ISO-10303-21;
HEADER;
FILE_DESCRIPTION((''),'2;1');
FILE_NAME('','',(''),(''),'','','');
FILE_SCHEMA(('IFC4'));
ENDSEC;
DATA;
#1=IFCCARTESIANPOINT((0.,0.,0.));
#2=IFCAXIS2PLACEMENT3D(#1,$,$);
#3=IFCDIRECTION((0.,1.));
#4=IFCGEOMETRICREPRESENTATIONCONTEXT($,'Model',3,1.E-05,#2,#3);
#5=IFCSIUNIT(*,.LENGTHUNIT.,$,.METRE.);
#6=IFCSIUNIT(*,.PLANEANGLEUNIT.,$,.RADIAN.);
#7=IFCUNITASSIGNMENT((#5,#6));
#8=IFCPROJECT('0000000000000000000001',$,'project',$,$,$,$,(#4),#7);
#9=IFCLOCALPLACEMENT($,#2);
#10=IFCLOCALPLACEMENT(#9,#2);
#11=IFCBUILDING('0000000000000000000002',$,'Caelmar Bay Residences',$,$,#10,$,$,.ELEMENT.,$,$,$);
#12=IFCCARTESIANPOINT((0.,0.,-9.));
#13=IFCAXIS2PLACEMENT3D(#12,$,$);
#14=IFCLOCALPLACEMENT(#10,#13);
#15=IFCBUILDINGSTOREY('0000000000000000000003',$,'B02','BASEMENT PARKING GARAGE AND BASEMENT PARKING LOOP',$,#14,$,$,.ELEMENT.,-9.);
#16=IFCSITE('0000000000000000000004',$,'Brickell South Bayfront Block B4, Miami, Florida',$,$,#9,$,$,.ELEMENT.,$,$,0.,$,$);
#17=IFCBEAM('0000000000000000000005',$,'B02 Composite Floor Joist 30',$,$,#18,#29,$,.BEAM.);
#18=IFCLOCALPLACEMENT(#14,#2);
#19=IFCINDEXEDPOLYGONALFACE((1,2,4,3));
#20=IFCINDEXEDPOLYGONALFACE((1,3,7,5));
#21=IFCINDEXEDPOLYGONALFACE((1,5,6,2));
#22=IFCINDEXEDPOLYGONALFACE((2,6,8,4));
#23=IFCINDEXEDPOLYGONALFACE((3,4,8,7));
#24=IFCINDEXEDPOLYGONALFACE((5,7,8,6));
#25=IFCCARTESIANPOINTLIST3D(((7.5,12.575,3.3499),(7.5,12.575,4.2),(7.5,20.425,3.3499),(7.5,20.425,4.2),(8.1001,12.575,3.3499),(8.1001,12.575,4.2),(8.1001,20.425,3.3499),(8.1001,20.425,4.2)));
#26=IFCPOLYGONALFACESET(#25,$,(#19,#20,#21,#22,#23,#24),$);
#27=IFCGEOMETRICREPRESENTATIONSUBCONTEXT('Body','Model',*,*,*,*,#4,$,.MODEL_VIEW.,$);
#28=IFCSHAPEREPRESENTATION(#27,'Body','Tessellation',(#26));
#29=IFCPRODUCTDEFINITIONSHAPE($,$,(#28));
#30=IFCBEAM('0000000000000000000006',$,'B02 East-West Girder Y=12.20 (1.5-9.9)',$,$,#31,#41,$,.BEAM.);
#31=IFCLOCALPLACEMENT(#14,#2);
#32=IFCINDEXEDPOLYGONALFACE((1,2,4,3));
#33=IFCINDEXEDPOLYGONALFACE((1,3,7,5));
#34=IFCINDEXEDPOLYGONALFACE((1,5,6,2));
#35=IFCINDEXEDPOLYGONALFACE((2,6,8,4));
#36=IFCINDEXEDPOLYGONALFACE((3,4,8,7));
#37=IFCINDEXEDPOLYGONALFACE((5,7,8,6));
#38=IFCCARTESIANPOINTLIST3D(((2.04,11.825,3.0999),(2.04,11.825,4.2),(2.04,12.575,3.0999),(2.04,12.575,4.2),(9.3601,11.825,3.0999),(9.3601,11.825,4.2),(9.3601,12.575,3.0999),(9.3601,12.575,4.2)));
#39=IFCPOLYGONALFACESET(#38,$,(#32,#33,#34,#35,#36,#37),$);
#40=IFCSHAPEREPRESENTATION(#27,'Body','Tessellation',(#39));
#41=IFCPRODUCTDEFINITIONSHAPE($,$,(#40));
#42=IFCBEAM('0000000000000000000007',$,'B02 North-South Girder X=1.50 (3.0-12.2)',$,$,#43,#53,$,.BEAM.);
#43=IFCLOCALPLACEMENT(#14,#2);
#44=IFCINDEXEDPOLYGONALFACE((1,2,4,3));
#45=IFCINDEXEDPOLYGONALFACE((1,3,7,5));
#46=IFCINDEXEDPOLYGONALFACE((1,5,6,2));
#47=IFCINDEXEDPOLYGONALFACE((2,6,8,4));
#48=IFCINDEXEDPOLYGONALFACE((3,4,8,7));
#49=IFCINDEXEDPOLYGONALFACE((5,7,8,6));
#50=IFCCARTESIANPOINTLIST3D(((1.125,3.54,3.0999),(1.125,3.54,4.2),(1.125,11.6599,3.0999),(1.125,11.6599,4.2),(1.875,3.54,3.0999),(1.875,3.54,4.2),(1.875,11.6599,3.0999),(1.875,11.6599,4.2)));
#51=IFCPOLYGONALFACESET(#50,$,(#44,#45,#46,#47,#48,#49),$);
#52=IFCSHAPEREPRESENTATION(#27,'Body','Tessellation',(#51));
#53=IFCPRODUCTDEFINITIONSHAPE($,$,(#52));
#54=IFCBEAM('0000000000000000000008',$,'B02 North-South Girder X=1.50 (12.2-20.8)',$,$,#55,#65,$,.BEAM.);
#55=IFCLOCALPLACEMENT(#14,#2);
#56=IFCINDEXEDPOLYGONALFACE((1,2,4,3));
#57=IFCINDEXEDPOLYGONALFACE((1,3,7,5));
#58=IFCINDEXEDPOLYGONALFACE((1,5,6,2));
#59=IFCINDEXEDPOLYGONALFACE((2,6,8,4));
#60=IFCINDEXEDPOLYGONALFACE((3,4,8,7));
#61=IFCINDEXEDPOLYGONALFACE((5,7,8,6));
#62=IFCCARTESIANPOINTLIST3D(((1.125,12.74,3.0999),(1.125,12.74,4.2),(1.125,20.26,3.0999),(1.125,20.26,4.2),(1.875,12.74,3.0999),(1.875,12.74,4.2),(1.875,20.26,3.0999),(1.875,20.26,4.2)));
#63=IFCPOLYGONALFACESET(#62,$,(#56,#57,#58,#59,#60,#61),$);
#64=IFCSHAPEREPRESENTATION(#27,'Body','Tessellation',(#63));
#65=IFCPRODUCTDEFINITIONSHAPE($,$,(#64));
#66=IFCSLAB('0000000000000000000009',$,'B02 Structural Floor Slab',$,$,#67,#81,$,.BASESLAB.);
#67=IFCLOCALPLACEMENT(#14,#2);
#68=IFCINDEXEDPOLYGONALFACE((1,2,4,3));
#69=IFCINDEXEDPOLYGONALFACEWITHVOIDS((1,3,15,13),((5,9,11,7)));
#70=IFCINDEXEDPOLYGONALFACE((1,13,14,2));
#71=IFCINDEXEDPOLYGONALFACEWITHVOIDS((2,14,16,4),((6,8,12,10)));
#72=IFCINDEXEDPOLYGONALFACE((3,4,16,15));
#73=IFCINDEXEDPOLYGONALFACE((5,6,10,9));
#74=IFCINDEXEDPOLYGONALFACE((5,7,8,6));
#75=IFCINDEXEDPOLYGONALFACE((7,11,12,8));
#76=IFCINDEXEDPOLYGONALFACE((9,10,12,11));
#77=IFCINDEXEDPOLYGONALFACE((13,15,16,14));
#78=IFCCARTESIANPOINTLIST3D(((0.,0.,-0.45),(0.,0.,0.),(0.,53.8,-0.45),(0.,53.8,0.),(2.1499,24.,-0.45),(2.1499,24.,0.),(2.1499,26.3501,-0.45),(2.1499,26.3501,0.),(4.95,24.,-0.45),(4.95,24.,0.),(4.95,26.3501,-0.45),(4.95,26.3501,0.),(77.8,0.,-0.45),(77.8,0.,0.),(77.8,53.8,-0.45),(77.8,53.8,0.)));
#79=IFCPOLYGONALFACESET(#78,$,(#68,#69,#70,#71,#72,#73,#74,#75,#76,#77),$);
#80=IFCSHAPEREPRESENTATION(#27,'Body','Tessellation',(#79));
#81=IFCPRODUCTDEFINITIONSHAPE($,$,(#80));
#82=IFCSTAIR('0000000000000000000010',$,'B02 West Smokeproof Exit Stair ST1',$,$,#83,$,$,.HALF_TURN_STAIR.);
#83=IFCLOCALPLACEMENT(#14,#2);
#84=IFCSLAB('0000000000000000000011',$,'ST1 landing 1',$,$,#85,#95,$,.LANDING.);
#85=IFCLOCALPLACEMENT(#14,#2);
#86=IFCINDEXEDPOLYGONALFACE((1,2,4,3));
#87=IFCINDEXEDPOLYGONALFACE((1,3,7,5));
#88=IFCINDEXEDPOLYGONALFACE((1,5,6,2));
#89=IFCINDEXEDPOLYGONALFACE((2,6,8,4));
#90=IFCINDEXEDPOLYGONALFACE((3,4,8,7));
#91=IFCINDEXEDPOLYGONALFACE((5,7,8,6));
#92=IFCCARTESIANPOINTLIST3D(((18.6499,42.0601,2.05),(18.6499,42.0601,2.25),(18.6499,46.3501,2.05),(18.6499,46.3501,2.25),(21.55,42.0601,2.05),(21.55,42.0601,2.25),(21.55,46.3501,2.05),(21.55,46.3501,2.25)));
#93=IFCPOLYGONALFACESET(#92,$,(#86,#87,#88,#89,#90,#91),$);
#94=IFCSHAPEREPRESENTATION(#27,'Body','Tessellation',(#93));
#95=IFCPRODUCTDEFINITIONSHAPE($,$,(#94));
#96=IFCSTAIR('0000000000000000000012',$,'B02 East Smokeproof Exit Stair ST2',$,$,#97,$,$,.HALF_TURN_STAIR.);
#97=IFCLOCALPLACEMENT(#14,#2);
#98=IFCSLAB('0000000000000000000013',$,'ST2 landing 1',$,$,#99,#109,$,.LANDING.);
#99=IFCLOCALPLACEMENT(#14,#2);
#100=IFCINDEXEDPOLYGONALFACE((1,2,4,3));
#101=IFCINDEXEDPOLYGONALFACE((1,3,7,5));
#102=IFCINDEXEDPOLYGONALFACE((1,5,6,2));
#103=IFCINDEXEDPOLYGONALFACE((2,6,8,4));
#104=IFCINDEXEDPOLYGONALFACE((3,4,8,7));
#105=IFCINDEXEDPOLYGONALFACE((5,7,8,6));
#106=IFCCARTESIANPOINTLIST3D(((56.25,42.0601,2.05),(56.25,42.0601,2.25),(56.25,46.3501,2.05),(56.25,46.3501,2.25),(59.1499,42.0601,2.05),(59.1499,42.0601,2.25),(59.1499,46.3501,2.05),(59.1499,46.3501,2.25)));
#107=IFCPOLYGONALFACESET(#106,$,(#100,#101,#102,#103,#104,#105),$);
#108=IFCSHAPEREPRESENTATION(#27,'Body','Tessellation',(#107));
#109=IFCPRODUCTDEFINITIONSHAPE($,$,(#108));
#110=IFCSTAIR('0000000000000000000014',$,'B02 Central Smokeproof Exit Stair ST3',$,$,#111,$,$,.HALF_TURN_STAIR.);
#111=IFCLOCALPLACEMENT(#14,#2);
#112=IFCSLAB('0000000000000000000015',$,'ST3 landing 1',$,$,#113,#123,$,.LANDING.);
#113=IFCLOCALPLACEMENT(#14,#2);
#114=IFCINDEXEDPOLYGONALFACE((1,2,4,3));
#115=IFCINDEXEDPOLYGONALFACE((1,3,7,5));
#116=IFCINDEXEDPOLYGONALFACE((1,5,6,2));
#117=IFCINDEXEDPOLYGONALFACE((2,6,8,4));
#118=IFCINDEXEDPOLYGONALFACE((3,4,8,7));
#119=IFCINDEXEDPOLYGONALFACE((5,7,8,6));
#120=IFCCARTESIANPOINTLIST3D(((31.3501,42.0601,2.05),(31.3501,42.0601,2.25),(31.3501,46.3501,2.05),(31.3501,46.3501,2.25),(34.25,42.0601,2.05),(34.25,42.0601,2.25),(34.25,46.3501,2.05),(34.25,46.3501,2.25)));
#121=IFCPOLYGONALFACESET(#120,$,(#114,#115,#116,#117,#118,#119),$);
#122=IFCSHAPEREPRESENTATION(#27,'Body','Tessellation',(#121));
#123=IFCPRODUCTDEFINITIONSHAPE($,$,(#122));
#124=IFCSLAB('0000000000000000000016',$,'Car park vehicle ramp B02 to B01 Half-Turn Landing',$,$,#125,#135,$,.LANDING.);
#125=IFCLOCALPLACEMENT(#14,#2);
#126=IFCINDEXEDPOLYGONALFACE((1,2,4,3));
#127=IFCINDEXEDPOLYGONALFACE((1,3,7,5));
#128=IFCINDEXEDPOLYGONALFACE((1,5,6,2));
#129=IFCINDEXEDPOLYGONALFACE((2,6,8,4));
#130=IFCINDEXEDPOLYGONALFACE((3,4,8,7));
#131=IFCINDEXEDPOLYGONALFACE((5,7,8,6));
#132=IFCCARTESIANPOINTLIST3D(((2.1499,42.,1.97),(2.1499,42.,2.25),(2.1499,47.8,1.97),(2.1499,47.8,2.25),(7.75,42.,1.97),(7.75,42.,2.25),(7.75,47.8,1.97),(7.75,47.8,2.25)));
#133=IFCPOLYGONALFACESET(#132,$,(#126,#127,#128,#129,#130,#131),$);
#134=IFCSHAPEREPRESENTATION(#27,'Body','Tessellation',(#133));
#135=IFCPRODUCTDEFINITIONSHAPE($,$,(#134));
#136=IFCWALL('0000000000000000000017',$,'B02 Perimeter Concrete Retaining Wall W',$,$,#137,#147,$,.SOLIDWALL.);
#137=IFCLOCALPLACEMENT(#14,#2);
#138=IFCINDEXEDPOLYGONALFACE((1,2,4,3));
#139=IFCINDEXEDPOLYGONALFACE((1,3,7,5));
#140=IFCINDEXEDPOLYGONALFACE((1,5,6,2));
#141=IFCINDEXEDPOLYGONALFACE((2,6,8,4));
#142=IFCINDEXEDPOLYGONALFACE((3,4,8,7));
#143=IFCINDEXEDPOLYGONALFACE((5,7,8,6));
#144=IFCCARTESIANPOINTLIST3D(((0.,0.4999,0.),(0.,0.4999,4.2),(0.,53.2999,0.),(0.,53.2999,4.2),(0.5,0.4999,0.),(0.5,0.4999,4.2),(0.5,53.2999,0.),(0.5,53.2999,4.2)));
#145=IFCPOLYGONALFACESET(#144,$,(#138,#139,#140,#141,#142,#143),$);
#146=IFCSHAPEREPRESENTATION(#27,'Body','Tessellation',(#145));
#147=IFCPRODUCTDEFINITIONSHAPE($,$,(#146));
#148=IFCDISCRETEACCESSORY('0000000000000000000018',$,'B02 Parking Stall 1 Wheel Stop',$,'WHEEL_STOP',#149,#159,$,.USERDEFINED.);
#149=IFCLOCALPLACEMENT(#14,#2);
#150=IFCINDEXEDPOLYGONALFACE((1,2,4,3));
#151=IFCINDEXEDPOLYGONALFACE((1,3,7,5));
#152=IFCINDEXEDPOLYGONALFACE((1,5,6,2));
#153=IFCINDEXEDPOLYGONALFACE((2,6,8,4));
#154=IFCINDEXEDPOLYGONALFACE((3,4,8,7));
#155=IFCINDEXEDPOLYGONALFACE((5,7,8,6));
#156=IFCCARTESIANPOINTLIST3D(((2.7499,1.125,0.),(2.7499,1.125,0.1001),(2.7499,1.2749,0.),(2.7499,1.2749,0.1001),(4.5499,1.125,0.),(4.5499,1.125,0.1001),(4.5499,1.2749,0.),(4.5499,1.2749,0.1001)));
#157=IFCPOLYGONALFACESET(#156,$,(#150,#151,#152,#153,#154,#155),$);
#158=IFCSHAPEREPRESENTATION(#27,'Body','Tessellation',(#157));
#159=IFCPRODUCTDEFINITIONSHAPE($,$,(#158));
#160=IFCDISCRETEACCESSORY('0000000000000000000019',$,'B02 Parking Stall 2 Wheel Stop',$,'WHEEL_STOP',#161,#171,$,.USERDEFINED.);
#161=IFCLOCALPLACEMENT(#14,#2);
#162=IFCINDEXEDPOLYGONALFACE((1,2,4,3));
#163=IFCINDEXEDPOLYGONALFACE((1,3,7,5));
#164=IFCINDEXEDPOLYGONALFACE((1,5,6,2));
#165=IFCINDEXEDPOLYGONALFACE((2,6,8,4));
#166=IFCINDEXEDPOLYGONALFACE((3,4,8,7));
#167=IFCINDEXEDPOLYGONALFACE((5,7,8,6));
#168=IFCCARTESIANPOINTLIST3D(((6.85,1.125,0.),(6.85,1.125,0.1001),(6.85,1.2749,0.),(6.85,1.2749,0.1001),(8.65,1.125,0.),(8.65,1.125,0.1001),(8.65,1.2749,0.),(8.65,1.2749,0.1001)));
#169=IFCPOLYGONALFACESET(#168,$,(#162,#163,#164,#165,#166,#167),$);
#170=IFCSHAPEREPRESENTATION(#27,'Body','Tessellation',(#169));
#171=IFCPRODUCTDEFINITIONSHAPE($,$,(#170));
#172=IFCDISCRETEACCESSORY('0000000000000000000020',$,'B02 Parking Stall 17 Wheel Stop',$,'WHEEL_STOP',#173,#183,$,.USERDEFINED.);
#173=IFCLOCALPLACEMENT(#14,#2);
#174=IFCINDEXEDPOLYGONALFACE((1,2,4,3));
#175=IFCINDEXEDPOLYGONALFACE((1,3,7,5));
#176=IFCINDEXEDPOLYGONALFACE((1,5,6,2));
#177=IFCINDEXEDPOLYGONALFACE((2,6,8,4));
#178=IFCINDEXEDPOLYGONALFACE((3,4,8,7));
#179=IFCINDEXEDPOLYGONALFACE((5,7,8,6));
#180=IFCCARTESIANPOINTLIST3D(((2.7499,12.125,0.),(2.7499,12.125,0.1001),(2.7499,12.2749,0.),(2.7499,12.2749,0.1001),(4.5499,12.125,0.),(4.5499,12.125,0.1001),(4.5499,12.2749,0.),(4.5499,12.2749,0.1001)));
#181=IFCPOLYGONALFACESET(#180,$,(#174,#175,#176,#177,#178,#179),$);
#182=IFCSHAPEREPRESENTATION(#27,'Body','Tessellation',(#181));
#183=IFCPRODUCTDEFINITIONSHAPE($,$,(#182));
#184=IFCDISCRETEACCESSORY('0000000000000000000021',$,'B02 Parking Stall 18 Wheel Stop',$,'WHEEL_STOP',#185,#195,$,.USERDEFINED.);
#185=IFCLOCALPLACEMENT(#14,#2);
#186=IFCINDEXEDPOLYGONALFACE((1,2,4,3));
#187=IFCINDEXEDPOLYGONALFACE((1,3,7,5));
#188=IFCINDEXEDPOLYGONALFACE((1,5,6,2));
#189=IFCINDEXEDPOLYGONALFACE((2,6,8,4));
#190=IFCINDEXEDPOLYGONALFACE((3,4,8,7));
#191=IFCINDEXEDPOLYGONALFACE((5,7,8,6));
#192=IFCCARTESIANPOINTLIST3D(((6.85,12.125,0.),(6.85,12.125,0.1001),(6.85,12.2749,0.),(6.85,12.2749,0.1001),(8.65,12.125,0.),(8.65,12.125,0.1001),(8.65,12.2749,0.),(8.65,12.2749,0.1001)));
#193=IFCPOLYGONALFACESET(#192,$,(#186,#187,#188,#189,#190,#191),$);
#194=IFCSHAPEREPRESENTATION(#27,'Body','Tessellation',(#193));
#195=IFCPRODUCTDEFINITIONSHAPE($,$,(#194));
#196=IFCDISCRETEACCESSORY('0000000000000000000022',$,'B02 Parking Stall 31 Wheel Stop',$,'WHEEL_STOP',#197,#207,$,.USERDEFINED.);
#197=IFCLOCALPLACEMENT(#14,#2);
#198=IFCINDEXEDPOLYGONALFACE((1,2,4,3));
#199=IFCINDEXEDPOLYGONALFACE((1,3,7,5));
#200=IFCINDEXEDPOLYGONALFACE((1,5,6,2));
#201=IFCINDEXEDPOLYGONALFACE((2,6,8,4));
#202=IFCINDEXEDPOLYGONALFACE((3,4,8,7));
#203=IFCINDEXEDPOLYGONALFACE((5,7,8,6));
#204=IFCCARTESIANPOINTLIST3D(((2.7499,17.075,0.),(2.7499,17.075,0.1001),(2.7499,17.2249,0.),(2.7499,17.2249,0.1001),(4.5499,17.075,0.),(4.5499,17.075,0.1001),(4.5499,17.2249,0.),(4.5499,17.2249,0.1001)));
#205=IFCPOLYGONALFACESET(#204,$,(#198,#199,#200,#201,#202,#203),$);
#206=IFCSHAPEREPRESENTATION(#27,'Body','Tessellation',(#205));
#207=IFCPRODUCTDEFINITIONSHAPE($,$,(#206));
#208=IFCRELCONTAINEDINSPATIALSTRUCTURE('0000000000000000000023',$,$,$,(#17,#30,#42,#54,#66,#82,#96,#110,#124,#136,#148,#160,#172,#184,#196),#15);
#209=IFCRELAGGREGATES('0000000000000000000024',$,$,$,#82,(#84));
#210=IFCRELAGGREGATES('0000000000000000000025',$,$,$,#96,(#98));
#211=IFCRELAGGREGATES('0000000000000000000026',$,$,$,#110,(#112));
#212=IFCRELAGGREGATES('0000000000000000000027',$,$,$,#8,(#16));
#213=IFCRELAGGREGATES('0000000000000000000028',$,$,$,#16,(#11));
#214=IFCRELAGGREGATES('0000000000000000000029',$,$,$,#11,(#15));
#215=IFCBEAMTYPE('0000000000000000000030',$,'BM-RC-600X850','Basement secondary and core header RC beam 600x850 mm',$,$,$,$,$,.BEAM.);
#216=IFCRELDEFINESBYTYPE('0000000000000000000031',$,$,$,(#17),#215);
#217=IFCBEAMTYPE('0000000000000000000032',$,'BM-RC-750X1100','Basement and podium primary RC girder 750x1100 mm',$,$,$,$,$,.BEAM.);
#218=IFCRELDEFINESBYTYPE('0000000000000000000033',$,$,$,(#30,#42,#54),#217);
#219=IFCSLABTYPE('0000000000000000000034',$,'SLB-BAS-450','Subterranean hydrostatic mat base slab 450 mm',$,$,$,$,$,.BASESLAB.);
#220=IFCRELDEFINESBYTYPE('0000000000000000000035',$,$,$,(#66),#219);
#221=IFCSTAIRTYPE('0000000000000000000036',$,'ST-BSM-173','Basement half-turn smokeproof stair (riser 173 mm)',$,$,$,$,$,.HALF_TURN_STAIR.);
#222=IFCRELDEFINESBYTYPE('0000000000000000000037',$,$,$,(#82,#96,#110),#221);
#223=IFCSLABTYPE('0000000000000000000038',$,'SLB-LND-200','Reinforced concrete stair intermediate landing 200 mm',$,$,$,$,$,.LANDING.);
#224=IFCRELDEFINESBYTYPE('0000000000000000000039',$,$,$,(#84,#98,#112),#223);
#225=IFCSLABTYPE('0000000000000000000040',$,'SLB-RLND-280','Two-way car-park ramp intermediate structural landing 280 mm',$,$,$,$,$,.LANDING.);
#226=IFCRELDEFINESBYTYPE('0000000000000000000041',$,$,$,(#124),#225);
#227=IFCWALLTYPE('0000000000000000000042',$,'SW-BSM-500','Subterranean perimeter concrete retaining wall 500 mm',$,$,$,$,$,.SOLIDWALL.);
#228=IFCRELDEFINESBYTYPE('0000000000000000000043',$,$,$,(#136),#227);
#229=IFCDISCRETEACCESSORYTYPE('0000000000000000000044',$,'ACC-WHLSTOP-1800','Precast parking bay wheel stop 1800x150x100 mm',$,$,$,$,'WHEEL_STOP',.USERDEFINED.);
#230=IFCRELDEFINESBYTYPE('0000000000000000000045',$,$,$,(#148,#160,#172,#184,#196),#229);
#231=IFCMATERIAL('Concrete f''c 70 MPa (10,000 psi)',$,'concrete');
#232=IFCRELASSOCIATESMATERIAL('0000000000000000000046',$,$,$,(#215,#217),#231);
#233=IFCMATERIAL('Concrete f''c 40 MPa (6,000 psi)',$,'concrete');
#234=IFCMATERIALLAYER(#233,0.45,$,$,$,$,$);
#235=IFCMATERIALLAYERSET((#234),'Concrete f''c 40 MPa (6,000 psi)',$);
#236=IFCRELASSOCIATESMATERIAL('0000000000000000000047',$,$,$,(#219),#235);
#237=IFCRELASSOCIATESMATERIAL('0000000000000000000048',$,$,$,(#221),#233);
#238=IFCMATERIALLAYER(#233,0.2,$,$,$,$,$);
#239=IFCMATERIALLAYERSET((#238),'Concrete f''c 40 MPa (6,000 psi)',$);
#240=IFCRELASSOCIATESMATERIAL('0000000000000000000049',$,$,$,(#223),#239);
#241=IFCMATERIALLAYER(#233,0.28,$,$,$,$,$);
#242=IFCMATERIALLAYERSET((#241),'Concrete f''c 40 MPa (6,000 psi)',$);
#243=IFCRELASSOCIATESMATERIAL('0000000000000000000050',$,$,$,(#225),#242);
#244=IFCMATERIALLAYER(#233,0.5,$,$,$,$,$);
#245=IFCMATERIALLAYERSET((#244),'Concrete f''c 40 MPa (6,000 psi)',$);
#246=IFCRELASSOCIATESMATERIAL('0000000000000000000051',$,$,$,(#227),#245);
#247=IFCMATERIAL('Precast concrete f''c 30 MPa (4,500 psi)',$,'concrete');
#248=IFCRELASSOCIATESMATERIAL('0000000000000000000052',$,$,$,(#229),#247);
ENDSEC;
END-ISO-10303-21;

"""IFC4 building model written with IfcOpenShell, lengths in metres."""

from ifc_helpers import new_model, si_unit, direction, frame, frame_2d, origin, origin_2d, place, context, subcontext, project, spatial, polyline, rectangle, outline, extrude, material, layer, layer_set, material_profile, profile_set, type_object, element, aggregate, save


model = new_model("IFC4")

# Units and contexts
model_context = context("Model", 3, precision=1e-05, world=origin(), true_north=direction((0.0, 1.0)))
body_context = subcontext(model_context, "Body", "Model", "MODEL_VIEW")
ifc_project = project(units=[si_unit("LENGTHUNIT", "METRE"), si_unit("PLANEANGLEUNIT", "RADIAN")], contexts=[model_context])

# Site, building, storey
site_placement = place(None, origin())
site = spatial("IfcSite", under=ifc_project, at=site_placement, Name="Brickell South Bayfront Block B4, Miami, Florida", CompositionType="ELEMENT", RefElevation=0.0)
building_placement = place(site_placement, origin())
building = spatial("IfcBuilding", under=site, at=building_placement, Name="Caelmar Bay Residences", CompositionType="ELEMENT")
storey_placement = place(building_placement, frame((0.0, 0.0, -9.0)))
storey = spatial("IfcBuildingStorey", under=building, at=storey_placement, Name="B02", Description="BASEMENT PARKING GARAGE AND BASEMENT PARKING LOOP", CompositionType="ELEMENT", Elevation=-9.0)

# Shared definitions
ifc_material_1 = material(Name="Concrete f'c 40 MPa (6,000 psi)", Category="concrete")

# Shared definitions
ifc_material_2 = material(Name="Concrete f'c 70 MPa (10,000 psi)", Category="concrete")

# Beams
ifc_material_profile_1 = material_profile(ifc_material_2, rectangle(XDim=0.6001, YDim=0.8501, at=origin_2d()), Name="RC-BM-600X850")
ifc_profile_set_1 = profile_set([ifc_material_profile_1], Name="Concrete f'c 70 MPa (10,000 psi)")
beam_type_1 = type_object("IfcBeamType", Name="BM-RC-600X850", Description="Basement secondary and core header RC beam 600x850 mm", PredefinedType="BEAM", material=ifc_profile_set_1)
for number, where, z_axis, x_axis, name in (
    (1, (7.8, 12.575, 3.7749), (0.0, 1.0, 0.0), (-1.0, 0.0, 0.0), "B02 Composite Floor Joist 30"),
):
    element("IfcBeam", number, at=place(storey_placement, frame(where, z_axis=z_axis, x_axis=x_axis)), inside=storey, type_object=beam_type_1, Name=name, PredefinedType="BEAM", context=body_context, shape_type="SweptSolid", body=[
        extrude(rectangle(XDim=0.6001, YDim=0.8501, at=origin_2d()), origin(), (0.0, 0.0, 1.0), 7.8501),
    ])
ifc_material_profile_2 = material_profile(ifc_material_2, rectangle(XDim=0.75, YDim=1.1001, at=origin_2d()), Name="RC-BM-750X1100")
ifc_profile_set_2 = profile_set([ifc_material_profile_2], Name="Concrete f'c 70 MPa (10,000 psi)")
beam_type_2 = type_object("IfcBeamType", Name="BM-RC-750X1100", Description="Basement and podium primary RC girder 750x1100 mm", PredefinedType="BEAM", material=ifc_profile_set_2)
beam_1_placement = place(storey_placement, frame((2.04, 12.2, 3.6499), z_axis=(1.0, 0.0, 0.0), x_axis=(0.0, 1.0, 0.0)))
element("IfcBeam", 2, at=beam_1_placement, inside=storey, type_object=beam_type_2, Name="B02 East-West Girder Y=12.20 (1.5-9.9)", PredefinedType="BEAM", context=body_context, shape_type="SweptSolid", body=[
    extrude(rectangle(XDim=0.75, YDim=1.1001, at=origin_2d()), origin(), (0.0, 0.0, 1.0), 7.3201),
])
beam_2_placement = place(storey_placement, frame((1.5, 3.54, 3.6499), z_axis=(0.0, 1.0, 0.0), x_axis=(-1.0, 0.0, 0.0)))
element("IfcBeam", 3, at=beam_2_placement, inside=storey, type_object=beam_type_2, Name="B02 North-South Girder X=1.50 (3.0-12.2)", PredefinedType="BEAM", context=body_context, shape_type="SweptSolid", body=[
    extrude(rectangle(XDim=0.75, YDim=1.1001, at=origin_2d()), origin(), (0.0, 0.0, 1.0), 8.1199),
])
beam_3_placement = place(storey_placement, frame((1.5, 12.74, 3.6499), z_axis=(0.0, 1.0, 0.0), x_axis=(-1.0, 0.0, 0.0)))
element("IfcBeam", 4, at=beam_3_placement, inside=storey, type_object=beam_type_2, Name="B02 North-South Girder X=1.50 (12.2-20.8)", PredefinedType="BEAM", context=body_context, shape_type="SweptSolid", body=[
    extrude(rectangle(XDim=0.75, YDim=1.1001, at=origin_2d()), origin(), (0.0, 0.0, 1.0), 7.52),
])

# Slab
ifc_layer_1 = layer(ifc_material_1, 0.45)
ifc_layer_set_1 = layer_set([ifc_layer_1], Name="Concrete f'c 40 MPa (6,000 psi)")
slab_type_1 = type_object("IfcSlabType", Name="SLB-BAS-450", Description="Subterranean hydrostatic mat base slab 450 mm", PredefinedType="BASESLAB", material=ifc_layer_set_1)
slab_1_placement = place(storey_placement, frame((0.0, 0.0, -0.45)))
element("IfcSlab", 5, at=slab_1_placement, inside=storey, type_object=slab_type_1, Name="B02 Structural Floor Slab", PredefinedType="BASESLAB", context=body_context, shape_type="SweptSolid", body=[
    extrude(outline(polyline([(0.0, 0.0), (77.8, 0.0), (77.8, 53.8), (0.0, 53.8), (0.0, 0.0)]), holes=[polyline([(2.1499, 24.0), (4.95, 24.0), (4.95, 26.3501), (2.1499, 26.3501), (2.1499, 24.0)])]), origin(), (0.0, 0.0, 1.0), 0.45),
])

# Stairs, slabs
stair_type = type_object("IfcStairType", Name="ST-BSM-173", Description="Basement half-turn smokeproof stair (riser 173 mm)", PredefinedType="HALF_TURN_STAIR", material=ifc_material_1)
stair_1_placement = place(storey_placement, origin())
stair_1 = element("IfcStair", 6, at=stair_1_placement, inside=storey, type_object=stair_type, Name="B02 West Smokeproof Exit Stair ST1", PredefinedType="HALF_TURN_STAIR")
ifc_layer_2 = layer(ifc_material_1, 0.2)
ifc_layer_set_2 = layer_set([ifc_layer_2], Name="Concrete f'c 40 MPa (6,000 psi)")
slab_type_2 = type_object("IfcSlabType", Name="SLB-LND-200", Description="Reinforced concrete stair intermediate landing 200 mm", PredefinedType="LANDING", material=ifc_layer_set_2)
slab_2_placement = place(storey_placement, frame((0.0, 0.0, 2.05)))
slab_2 = element("IfcSlab", 7, at=slab_2_placement, type_object=slab_type_2, Name="ST1 landing 1", PredefinedType="LANDING", context=body_context, shape_type="SweptSolid", body=[
    extrude(outline(polyline([(21.55, 42.0601), (21.55, 46.3501), (18.6499, 46.3501), (18.6499, 42.0601), (21.55, 42.0601)])), origin(), (0.0, 0.0, 1.0), 0.2),
])
aggregate(stair_1, [slab_2])
stair_2_placement = place(storey_placement, origin())
stair_2 = element("IfcStair", 8, at=stair_2_placement, inside=storey, type_object=stair_type, Name="B02 East Smokeproof Exit Stair ST2", PredefinedType="HALF_TURN_STAIR")
slab_3_placement = place(storey_placement, frame((0.0, 0.0, 2.05)))
slab_3 = element("IfcSlab", 9, at=slab_3_placement, type_object=slab_type_2, Name="ST2 landing 1", PredefinedType="LANDING", context=body_context, shape_type="SweptSolid", body=[
    extrude(outline(polyline([(59.1499, 42.0601), (59.1499, 46.3501), (56.25, 46.3501), (56.25, 42.0601), (59.1499, 42.0601)])), origin(), (0.0, 0.0, 1.0), 0.2),
])
aggregate(stair_2, [slab_3])
stair_3_placement = place(storey_placement, origin())
stair_3 = element("IfcStair", 10, at=stair_3_placement, inside=storey, type_object=stair_type, Name="B02 Central Smokeproof Exit Stair ST3", PredefinedType="HALF_TURN_STAIR")
slab_4_placement = place(storey_placement, frame((0.0, 0.0, 2.05)))
slab_4 = element("IfcSlab", 11, at=slab_4_placement, type_object=slab_type_2, Name="ST3 landing 1", PredefinedType="LANDING", context=body_context, shape_type="SweptSolid", body=[
    extrude(outline(polyline([(34.25, 42.0601), (34.25, 46.3501), (31.3501, 46.3501), (31.3501, 42.0601), (34.25, 42.0601)])), origin(), (0.0, 0.0, 1.0), 0.2),
])
aggregate(stair_3, [slab_4])

# Slab
ifc_layer_3 = layer(ifc_material_1, 0.28)
ifc_layer_set_3 = layer_set([ifc_layer_3], Name="Concrete f'c 40 MPa (6,000 psi)")
slab_type_3 = type_object("IfcSlabType", Name="SLB-RLND-280", Description="Two-way car-park ramp intermediate structural landing 280 mm", PredefinedType="LANDING", material=ifc_layer_set_3)
slab_5_placement = place(storey_placement, frame((0.0, 0.0, 1.97)))
element("IfcSlab", 12, at=slab_5_placement, inside=storey, type_object=slab_type_3, Name="Car park vehicle ramp B02 to B01 Half-Turn Landing", PredefinedType="LANDING", context=body_context, shape_type="SweptSolid", body=[
    extrude(outline(polyline([(2.1499, 42.0), (7.75, 42.0), (7.75, 47.8), (2.1499, 47.8), (2.1499, 42.0)])), origin(), (0.0, 0.0, 1.0), 0.28),
])

# Wall
ifc_layer_4 = layer(ifc_material_1, 0.5)
ifc_layer_set_4 = layer_set([ifc_layer_4], Name="Concrete f'c 40 MPa (6,000 psi)")
wall_type = type_object("IfcWallType", Name="SW-BSM-500", Description="Subterranean perimeter concrete retaining wall 500 mm", PredefinedType="SOLIDWALL", material=ifc_layer_set_4)
wall_placement = place(storey_placement, frame((0.25, 0.5, 0.0), z_axis=(0.0, 0.0, 1.0), x_axis=(0.0, 1.0, 0.0)))
element("IfcWall", 13, at=wall_placement, inside=storey, type_object=wall_type, Name="B02 Perimeter Concrete Retaining Wall W", PredefinedType="SOLIDWALL", context=body_context, shape_type="SweptSolid", body=[
    extrude(rectangle(XDim=52.8, YDim=0.5, at=frame_2d((26.3999, 0.0))), origin(), (0.0, 0.0, 1.0), 4.2),
])

# Discrete accessories
ifc_material_3 = material(Name="Precast concrete f'c 30 MPa (4,500 psi)", Category="concrete")
discrete_accessory_type = type_object("IfcDiscreteAccessoryType", Name="ACC-WHLSTOP-1800", Description="Precast parking bay wheel stop 1800x150x100 mm", ElementType="WHEEL_STOP", PredefinedType="USERDEFINED", material=ifc_material_3)
for number, where, z_axis, x_axis, name in (
    (14, (3.6499, 1.2, 0.0), (0.0, 0.0, 1.0), (1.0, 0.0, 0.0), "B02 Parking Stall 1 Wheel Stop"),
    (15, (7.75, 1.2, 0.0), (0.0, 0.0, 1.0), (1.0, 0.0, 0.0), "B02 Parking Stall 2 Wheel Stop"),
    (16, (3.6499, 12.2, 0.0), (0.0, 0.0, 1.0), (1.0, 0.0, 0.0), "B02 Parking Stall 17 Wheel Stop"),
    (17, (7.75, 12.2, 0.0), (0.0, 0.0, 1.0), (1.0, 0.0, 0.0), "B02 Parking Stall 18 Wheel Stop"),
    (18, (3.6499, 17.1499, 0.0), (0.0, 0.0, 1.0), (1.0, 0.0, 0.0), "B02 Parking Stall 31 Wheel Stop"),
):
    element("IfcDiscreteAccessory", number, at=place(storey_placement, frame(where, z_axis=z_axis, x_axis=x_axis)), inside=storey, type_object=discrete_accessory_type, Name=name, ObjectType="WHEEL_STOP", PredefinedType="USERDEFINED", context=body_context, shape_type="SweptSolid", body=[
        extrude(rectangle(XDim=1.8, YDim=0.1499, at=origin_2d()), origin(), (0.0, 0.0, 1.0), 0.1001),
    ])

save(model, "model.ifc")
